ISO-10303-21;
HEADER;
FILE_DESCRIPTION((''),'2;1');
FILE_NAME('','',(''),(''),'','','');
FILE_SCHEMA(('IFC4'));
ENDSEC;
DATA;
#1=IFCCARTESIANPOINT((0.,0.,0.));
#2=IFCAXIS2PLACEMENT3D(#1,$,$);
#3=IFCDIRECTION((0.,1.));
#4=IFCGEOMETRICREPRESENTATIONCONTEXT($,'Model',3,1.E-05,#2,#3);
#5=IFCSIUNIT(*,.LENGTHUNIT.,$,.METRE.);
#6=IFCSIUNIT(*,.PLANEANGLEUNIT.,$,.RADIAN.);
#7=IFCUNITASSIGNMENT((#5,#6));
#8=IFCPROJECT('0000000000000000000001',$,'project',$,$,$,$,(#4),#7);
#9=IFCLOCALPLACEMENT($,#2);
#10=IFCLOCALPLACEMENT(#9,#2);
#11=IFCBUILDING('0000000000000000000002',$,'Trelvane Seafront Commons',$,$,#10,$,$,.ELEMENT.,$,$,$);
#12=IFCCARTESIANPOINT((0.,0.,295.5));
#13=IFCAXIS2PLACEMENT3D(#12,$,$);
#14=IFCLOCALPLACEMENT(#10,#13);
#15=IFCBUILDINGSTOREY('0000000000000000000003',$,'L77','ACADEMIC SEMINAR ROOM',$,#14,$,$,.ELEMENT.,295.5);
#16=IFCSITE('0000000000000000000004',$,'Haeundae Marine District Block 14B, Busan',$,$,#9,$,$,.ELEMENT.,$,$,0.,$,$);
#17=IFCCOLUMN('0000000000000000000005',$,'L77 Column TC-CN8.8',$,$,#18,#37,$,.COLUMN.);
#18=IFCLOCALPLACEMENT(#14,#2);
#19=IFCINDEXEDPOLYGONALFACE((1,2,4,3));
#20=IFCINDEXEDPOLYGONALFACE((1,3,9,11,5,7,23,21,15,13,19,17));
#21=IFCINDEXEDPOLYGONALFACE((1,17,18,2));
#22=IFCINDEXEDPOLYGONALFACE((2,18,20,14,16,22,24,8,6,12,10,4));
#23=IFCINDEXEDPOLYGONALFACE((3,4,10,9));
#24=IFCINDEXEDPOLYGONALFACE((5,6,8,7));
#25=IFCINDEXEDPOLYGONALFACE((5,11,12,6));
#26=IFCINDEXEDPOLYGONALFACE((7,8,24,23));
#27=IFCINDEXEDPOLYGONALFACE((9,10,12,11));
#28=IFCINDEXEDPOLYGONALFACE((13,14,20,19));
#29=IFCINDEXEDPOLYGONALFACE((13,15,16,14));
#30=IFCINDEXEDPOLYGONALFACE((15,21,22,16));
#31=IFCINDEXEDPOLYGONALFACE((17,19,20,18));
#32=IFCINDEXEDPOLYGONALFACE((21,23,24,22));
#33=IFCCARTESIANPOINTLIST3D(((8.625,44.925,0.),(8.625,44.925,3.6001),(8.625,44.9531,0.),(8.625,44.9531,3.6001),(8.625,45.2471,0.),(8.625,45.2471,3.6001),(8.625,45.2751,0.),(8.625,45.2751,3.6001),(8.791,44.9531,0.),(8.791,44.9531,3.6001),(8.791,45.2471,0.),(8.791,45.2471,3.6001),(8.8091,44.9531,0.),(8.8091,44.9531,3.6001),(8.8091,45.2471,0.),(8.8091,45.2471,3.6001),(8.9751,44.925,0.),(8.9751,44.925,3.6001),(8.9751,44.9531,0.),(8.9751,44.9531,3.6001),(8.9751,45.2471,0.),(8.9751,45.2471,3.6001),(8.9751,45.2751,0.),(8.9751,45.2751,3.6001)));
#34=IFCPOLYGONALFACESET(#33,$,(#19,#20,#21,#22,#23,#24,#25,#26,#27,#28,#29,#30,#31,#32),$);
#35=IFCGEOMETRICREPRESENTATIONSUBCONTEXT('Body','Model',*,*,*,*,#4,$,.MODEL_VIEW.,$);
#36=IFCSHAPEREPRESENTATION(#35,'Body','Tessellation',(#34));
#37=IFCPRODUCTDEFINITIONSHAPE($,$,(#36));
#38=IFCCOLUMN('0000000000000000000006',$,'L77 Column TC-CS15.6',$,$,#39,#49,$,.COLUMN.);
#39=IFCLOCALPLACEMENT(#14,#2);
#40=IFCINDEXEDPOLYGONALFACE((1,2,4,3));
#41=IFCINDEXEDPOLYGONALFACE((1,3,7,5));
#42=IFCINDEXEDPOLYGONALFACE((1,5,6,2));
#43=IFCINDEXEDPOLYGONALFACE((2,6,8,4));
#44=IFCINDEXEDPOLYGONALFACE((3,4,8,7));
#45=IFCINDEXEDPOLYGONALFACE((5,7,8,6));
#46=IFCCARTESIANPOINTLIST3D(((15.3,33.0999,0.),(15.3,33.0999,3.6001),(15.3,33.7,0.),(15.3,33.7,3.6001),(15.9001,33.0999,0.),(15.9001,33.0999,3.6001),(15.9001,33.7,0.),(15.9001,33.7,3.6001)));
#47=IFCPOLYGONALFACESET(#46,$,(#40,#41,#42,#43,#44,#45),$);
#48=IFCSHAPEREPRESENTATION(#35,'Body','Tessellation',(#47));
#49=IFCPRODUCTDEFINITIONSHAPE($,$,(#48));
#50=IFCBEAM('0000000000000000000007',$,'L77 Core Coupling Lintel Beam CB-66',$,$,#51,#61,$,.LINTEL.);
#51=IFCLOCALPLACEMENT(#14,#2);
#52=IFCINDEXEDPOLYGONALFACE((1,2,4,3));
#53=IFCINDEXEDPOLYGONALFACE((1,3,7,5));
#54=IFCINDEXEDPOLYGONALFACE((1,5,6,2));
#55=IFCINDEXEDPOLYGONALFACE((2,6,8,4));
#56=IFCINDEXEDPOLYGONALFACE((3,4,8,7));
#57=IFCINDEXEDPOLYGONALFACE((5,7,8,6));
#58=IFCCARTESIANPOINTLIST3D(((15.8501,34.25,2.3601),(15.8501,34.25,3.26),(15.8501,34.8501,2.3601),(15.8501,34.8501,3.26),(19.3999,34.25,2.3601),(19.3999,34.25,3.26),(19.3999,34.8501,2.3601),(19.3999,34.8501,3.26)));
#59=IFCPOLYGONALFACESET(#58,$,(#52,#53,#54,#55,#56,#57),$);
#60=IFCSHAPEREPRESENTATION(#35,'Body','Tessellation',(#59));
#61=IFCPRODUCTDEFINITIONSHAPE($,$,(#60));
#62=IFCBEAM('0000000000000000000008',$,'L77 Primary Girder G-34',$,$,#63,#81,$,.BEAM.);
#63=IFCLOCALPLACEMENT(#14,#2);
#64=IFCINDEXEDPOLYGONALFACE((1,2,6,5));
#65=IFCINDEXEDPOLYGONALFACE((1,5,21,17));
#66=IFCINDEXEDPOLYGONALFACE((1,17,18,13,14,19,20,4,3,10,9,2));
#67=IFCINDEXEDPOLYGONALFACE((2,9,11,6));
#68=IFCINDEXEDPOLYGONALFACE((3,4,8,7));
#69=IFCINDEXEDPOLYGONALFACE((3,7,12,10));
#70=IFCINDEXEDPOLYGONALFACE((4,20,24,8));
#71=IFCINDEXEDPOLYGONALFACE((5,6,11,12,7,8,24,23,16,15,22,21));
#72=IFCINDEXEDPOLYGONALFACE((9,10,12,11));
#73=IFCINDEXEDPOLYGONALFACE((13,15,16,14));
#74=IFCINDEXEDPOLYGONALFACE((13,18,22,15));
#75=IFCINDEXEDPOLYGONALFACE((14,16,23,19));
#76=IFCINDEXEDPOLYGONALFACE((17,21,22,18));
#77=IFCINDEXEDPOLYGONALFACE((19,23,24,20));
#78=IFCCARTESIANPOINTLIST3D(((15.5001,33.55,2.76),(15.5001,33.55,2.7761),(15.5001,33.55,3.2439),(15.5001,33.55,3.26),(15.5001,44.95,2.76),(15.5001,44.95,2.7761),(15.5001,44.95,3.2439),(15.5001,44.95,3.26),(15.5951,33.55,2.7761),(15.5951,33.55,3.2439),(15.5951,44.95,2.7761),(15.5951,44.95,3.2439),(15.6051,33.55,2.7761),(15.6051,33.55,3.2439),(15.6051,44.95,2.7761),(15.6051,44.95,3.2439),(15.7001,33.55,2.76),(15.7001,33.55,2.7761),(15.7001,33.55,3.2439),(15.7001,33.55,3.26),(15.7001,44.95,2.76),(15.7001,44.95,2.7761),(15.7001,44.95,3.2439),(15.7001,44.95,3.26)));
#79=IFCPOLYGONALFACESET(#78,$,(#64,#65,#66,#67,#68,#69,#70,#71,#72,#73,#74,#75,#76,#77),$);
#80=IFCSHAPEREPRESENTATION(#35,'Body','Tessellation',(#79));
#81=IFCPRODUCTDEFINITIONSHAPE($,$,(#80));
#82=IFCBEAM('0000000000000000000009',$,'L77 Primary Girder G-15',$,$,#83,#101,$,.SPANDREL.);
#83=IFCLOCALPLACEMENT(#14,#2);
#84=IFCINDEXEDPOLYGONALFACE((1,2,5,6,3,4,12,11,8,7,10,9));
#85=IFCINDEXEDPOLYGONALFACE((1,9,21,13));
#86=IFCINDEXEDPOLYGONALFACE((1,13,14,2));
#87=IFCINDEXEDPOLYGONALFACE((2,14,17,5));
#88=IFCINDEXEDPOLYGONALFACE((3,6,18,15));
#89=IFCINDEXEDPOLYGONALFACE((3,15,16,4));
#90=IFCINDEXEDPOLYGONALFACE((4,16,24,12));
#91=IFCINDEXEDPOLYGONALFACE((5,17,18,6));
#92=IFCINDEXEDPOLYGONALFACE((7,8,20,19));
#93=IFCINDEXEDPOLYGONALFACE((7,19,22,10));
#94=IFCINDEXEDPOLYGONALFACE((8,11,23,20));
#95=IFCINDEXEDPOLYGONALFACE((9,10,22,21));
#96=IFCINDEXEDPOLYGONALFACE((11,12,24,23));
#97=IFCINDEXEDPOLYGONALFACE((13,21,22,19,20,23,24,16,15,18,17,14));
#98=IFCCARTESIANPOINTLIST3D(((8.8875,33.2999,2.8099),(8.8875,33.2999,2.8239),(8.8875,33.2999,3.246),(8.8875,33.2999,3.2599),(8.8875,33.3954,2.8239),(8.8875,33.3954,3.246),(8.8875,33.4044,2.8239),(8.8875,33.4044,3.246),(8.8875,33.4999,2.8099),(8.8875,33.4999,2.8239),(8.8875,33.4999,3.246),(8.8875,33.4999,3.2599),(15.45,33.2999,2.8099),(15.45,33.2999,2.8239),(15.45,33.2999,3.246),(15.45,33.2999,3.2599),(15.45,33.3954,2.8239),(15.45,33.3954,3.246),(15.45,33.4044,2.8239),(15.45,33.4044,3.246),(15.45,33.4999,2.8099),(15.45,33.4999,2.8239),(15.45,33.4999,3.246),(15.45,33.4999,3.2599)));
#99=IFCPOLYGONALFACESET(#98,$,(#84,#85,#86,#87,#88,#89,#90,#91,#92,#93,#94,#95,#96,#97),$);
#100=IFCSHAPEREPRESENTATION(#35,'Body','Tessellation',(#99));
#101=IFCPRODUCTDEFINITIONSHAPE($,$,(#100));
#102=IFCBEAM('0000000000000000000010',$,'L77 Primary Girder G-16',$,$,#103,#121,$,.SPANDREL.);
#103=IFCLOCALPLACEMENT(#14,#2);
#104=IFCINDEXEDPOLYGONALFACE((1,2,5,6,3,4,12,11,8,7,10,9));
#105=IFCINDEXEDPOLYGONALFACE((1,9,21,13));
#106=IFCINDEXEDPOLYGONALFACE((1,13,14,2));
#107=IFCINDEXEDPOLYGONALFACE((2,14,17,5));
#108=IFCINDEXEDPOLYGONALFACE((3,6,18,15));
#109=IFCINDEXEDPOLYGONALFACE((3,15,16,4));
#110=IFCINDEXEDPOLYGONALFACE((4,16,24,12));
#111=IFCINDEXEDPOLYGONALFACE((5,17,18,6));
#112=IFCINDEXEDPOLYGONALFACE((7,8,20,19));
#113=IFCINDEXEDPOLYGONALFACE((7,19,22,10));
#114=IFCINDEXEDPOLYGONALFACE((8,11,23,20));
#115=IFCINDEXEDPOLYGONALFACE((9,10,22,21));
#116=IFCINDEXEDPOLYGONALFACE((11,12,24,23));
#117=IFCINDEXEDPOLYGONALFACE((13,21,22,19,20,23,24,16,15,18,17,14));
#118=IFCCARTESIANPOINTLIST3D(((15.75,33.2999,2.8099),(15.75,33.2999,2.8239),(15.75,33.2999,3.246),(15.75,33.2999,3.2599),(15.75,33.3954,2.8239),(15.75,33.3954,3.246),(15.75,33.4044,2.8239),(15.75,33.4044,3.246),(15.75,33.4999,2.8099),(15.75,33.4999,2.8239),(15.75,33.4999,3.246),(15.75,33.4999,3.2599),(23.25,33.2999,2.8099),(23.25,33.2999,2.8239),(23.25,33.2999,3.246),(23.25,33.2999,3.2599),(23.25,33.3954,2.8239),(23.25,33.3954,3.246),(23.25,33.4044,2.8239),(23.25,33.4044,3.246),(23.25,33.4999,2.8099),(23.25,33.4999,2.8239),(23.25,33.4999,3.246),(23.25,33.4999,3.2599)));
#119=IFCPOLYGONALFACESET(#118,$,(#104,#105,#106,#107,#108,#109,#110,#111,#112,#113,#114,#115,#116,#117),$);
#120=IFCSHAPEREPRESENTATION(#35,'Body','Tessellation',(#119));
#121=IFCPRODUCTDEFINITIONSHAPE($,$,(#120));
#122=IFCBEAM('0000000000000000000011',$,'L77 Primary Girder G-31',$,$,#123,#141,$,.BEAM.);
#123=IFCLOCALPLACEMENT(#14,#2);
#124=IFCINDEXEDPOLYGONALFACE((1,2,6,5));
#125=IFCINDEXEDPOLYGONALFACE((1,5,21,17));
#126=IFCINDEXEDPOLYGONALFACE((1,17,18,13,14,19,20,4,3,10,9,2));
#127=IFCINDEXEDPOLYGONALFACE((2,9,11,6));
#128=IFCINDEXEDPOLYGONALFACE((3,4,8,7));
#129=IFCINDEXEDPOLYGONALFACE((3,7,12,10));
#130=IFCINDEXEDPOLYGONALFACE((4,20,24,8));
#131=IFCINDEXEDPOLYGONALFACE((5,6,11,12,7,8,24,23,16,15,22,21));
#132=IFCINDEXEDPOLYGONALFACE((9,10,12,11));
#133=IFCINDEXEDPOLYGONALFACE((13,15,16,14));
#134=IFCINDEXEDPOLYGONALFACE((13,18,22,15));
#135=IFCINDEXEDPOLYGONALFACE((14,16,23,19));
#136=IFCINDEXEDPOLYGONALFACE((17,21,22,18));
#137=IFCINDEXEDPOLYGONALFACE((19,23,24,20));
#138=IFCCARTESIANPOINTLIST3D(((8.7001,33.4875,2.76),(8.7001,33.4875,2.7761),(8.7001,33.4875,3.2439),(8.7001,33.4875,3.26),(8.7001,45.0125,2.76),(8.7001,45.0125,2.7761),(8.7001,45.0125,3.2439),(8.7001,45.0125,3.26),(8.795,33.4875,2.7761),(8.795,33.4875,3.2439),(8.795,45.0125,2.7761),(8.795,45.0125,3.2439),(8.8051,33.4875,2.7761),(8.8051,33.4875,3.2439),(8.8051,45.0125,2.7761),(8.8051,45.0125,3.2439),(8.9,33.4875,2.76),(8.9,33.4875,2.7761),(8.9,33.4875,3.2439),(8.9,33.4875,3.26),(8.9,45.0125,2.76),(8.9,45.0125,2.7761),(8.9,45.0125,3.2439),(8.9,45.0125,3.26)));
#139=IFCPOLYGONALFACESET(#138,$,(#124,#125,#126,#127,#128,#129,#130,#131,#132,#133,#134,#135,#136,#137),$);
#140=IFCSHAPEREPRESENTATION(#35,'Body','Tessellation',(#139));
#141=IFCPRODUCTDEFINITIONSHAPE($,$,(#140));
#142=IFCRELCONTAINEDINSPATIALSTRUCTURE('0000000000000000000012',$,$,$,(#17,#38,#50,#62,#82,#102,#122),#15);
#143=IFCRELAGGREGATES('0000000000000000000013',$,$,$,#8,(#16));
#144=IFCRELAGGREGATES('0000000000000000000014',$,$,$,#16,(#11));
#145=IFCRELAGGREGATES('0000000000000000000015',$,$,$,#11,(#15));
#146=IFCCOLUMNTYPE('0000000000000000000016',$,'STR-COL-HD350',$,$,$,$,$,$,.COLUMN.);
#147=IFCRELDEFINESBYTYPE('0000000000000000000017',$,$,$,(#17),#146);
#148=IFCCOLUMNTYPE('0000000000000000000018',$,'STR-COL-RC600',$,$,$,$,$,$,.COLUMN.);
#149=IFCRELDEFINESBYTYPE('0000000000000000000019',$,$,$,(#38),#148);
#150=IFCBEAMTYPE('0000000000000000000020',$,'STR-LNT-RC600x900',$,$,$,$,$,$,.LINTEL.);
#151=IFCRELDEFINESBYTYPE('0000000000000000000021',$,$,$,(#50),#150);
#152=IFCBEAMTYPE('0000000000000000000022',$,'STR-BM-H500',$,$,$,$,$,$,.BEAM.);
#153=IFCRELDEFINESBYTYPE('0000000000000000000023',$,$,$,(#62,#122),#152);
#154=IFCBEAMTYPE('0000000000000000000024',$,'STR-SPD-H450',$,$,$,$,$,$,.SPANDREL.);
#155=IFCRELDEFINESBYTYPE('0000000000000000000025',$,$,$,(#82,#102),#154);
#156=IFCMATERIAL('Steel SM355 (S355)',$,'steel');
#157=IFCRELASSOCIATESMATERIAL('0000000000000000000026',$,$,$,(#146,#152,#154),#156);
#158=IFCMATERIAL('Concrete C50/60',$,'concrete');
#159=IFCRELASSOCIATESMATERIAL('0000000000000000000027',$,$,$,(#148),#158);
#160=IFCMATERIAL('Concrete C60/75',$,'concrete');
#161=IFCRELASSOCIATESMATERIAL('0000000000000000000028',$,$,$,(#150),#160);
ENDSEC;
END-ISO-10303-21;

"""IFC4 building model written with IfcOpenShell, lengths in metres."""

from ifc_helpers import new_model, si_unit, direction, frame, origin, origin_2d, place, context, subcontext, project, spatial, rectangle, i_section, extrude, source, transform, mapped, material, material_profile, profile_set, type_object, element, save


model = new_model("IFC4")

# Units and contexts
model_context = context("Model", 3, precision=1e-05, world=origin(), true_north=direction((0.0, 1.0)))
body_context = subcontext(model_context, "Body", "Model", "MODEL_VIEW")
ifc_project = project(units=[si_unit("LENGTHUNIT", "METRE"), si_unit("PLANEANGLEUNIT", "RADIAN")], contexts=[model_context])

# Site, building, storey
site_placement = place(None, origin())
site = spatial("IfcSite", under=ifc_project, at=site_placement, Name="Haeundae Marine District Block 14B, Busan", CompositionType="ELEMENT", RefElevation=0.0)
building_placement = place(site_placement, origin())
building = spatial("IfcBuilding", under=site, at=building_placement, Name="Trelvane Seafront Commons", CompositionType="ELEMENT")
storey_placement = place(building_placement, frame((0.0, 0.0, 295.5)))
storey = spatial("IfcBuildingStorey", under=building, at=storey_placement, Name="L77", Description="ACADEMIC SEMINAR ROOM", CompositionType="ELEMENT", Elevation=295.5)

# Columns
ifc_material_1 = material(Name="Steel SM355 (S355)", Category="steel")
ifc_material_profile_1 = material_profile(ifc_material_1, i_section(OverallWidth=0.3501, OverallDepth=0.3501, WebThickness=0.0181, FlangeThickness=0.0281, at=origin_2d()), Name="HD-350x350x18x28")
ifc_profile_set_1 = profile_set([ifc_material_profile_1], Name="Steel SM355 (S355)")
column_type_1 = type_object("IfcColumnType", Name="STR-COL-HD350", PredefinedType="COLUMN", material=ifc_profile_set_1)
shared_shape_1 = source(origin(), body_context, "Body", "SweptSolid", [
    extrude(i_section(OverallWidth=0.3501, OverallDepth=0.3501, WebThickness=0.0181, FlangeThickness=0.0281, at=origin_2d()), origin(), (0.0, 0.0, 1.0), 3.6001),
])
column_1_placement = place(storey_placement, frame((8.8, 45.1001, 0.0), z_axis=(0.0, 0.0, 1.0), x_axis=(1.0, 0.0, 0.0)))
element("IfcColumn", 1, at=column_1_placement, inside=storey, type_object=column_type_1, Name="L77 Column TC-CN8.8", PredefinedType="COLUMN", context=body_context, shape_type="MappedRepresentation", body=[
    mapped(shared_shape_1, transform((0.0, 0.0, 0.0), x_axis=(1.0, 0.0, 0.0), y_axis=(0.0, 1.0, 0.0), z_axis=(0.0, 0.0, 1.0), scale=1.0)),
])
ifc_material_2 = material(Name="Concrete C50/60", Category="concrete")
ifc_material_profile_2 = material_profile(ifc_material_2, rectangle(XDim=0.6001, YDim=0.6001, at=origin_2d()), Name="RC-600x600")
ifc_profile_set_2 = profile_set([ifc_material_profile_2], Name="Concrete C50/60")
column_type_2 = type_object("IfcColumnType", Name="STR-COL-RC600", PredefinedType="COLUMN", material=ifc_profile_set_2)
shared_shape_2 = source(origin(), body_context, "Body", "SweptSolid", [
    extrude(rectangle(XDim=0.6001, YDim=0.6001, at=origin_2d()), origin(), (0.0, 0.0, 1.0), 3.6001),
])
column_2_placement = place(storey_placement, frame((15.6001, 33.3999, 0.0), z_axis=(0.0, 0.0, 1.0), x_axis=(1.0, 0.0, 0.0)))
element("IfcColumn", 2, at=column_2_placement, inside=storey, type_object=column_type_2, Name="L77 Column TC-CS15.6", PredefinedType="COLUMN", context=body_context, shape_type="MappedRepresentation", body=[
    mapped(shared_shape_2, transform((0.0, 0.0, 0.0), x_axis=(1.0, 0.0, 0.0), y_axis=(0.0, 1.0, 0.0), z_axis=(0.0, 0.0, 1.0), scale=1.0)),
])

# Beams
ifc_material_3 = material(Name="Concrete C60/75", Category="concrete")
ifc_material_profile_3 = material_profile(ifc_material_3, rectangle(XDim=0.6001, YDim=0.8999, at=origin_2d()), Name="RC-600x900")
ifc_profile_set_3 = profile_set([ifc_material_profile_3], Name="Concrete C60/75")
beam_type_1 = type_object("IfcBeamType", Name="STR-LNT-RC600x900", PredefinedType="LINTEL", material=ifc_profile_set_3)
shared_shape_3 = source(origin(), body_context, "Body", "SweptSolid", [
    extrude(rectangle(XDim=0.6001, YDim=0.8999, at=origin_2d()), origin(), (0.0, 0.0, 1.0), 3.5498),
])
beam_1_placement = place(storey_placement, frame((15.8501, 34.55, 2.8101), z_axis=(1.0, 0.0, 0.0), x_axis=(0.0, 1.0, 0.0)))
element("IfcBeam", 3, at=beam_1_placement, inside=storey, type_object=beam_type_1, Name="L77 Core Coupling Lintel Beam CB-66", PredefinedType="LINTEL", context=body_context, shape_type="MappedRepresentation", body=[
    mapped(shared_shape_3, transform((0.0, 0.0, 0.0), x_axis=(1.0, 0.0, 0.0), y_axis=(0.0, 1.0, 0.0), z_axis=(0.0, 0.0, 1.0), scale=1.0)),
])
ifc_material_profile_4 = material_profile(ifc_material_1, i_section(OverallWidth=0.2, OverallDepth=0.5, WebThickness=0.01, FlangeThickness=0.0161, at=origin_2d()), Name="H-500x200x10x16")
ifc_profile_set_4 = profile_set([ifc_material_profile_4], Name="Steel SM355 (S355)")
beam_type_2 = type_object("IfcBeamType", Name="STR-BM-H500", PredefinedType="BEAM", material=ifc_profile_set_4)
shared_shape_4 = source(origin(), body_context, "Body", "SweptSolid", [
    extrude(i_section(OverallWidth=0.2, OverallDepth=0.5, WebThickness=0.01, FlangeThickness=0.0161, at=origin_2d()), origin(), (0.0, 0.0, 1.0), 11.3999),
])
beam_2_placement = place(storey_placement, frame((15.6001, 33.55, 3.01), z_axis=(0.0, 1.0, 0.0), x_axis=(-1.0, 0.0, 0.0)))
element("IfcBeam", 4, at=beam_2_placement, inside=storey, type_object=beam_type_2, Name="L77 Primary Girder G-34", PredefinedType="BEAM", context=body_context, shape_type="MappedRepresentation", body=[
    mapped(shared_shape_4, transform((0.0, 0.0, 0.0), x_axis=(1.0, 0.0, 0.0), y_axis=(0.0, 1.0, 0.0), z_axis=(0.0, 0.0, 1.0), scale=1.0)),
])
ifc_material_profile_5 = material_profile(ifc_material_1, i_section(OverallWidth=0.2, OverallDepth=0.45, WebThickness=0.009, FlangeThickness=0.0139, at=origin_2d()), Name="H-450x200x9x14")
ifc_profile_set_5 = profile_set([ifc_material_profile_5], Name="Steel SM355 (S355)")
beam_type_3 = type_object("IfcBeamType", Name="STR-SPD-H450", PredefinedType="SPANDREL", material=ifc_profile_set_5)
shared_shape_5 = source(origin(), body_context, "Body", "SweptSolid", [
    extrude(i_section(OverallWidth=0.2, OverallDepth=0.45, WebThickness=0.009, FlangeThickness=0.0139, at=origin_2d()), origin(), (0.0, 0.0, 1.0), 6.5625),
])
beam_3_placement = place(storey_placement, frame((8.8875, 33.3999, 3.0349), z_axis=(1.0, 0.0, 0.0), x_axis=(0.0, 1.0, 0.0)))
element("IfcBeam", 5, at=beam_3_placement, inside=storey, type_object=beam_type_3, Name="L77 Primary Girder G-15", PredefinedType="SPANDREL", context=body_context, shape_type="MappedRepresentation", body=[
    mapped(shared_shape_5, transform((0.0, 0.0, 0.0), x_axis=(1.0, 0.0, 0.0), y_axis=(0.0, 1.0, 0.0), z_axis=(0.0, 0.0, 1.0), scale=1.0)),
])
shared_shape_6 = source(origin(), body_context, "Body", "SweptSolid", [
    extrude(i_section(OverallWidth=0.2, OverallDepth=0.45, WebThickness=0.009, FlangeThickness=0.0139, at=origin_2d()), origin(), (0.0, 0.0, 1.0), 7.5),
])
beam_4_placement = place(storey_placement, frame((15.75, 33.3999, 3.0349), z_axis=(1.0, 0.0, 0.0), x_axis=(0.0, 1.0, 0.0)))
element("IfcBeam", 6, at=beam_4_placement, inside=storey, type_object=beam_type_3, Name="L77 Primary Girder G-16", PredefinedType="SPANDREL", context=body_context, shape_type="MappedRepresentation", body=[
    mapped(shared_shape_6, transform((0.0, 0.0, 0.0), x_axis=(1.0, 0.0, 0.0), y_axis=(0.0, 1.0, 0.0), z_axis=(0.0, 0.0, 1.0), scale=1.0)),
])
shared_shape_7 = source(origin(), body_context, "Body", "SweptSolid", [
    extrude(i_section(OverallWidth=0.2, OverallDepth=0.5, WebThickness=0.01, FlangeThickness=0.0161, at=origin_2d()), origin(), (0.0, 0.0, 1.0), 11.5249),
])
beam_5_placement = place(storey_placement, frame((8.8, 33.4875, 3.01), z_axis=(0.0, 1.0, 0.0), x_axis=(-1.0, 0.0, 0.0)))
element("IfcBeam", 7, at=beam_5_placement, inside=storey, type_object=beam_type_2, Name="L77 Primary Girder G-31", PredefinedType="BEAM", context=body_context, shape_type="MappedRepresentation", body=[
    mapped(shared_shape_7, transform((0.0, 0.0, 0.0), x_axis=(1.0, 0.0, 0.0), y_axis=(0.0, 1.0, 0.0), z_axis=(0.0, 0.0, 1.0), scale=1.0)),
])

save(model, "model.ifc")
